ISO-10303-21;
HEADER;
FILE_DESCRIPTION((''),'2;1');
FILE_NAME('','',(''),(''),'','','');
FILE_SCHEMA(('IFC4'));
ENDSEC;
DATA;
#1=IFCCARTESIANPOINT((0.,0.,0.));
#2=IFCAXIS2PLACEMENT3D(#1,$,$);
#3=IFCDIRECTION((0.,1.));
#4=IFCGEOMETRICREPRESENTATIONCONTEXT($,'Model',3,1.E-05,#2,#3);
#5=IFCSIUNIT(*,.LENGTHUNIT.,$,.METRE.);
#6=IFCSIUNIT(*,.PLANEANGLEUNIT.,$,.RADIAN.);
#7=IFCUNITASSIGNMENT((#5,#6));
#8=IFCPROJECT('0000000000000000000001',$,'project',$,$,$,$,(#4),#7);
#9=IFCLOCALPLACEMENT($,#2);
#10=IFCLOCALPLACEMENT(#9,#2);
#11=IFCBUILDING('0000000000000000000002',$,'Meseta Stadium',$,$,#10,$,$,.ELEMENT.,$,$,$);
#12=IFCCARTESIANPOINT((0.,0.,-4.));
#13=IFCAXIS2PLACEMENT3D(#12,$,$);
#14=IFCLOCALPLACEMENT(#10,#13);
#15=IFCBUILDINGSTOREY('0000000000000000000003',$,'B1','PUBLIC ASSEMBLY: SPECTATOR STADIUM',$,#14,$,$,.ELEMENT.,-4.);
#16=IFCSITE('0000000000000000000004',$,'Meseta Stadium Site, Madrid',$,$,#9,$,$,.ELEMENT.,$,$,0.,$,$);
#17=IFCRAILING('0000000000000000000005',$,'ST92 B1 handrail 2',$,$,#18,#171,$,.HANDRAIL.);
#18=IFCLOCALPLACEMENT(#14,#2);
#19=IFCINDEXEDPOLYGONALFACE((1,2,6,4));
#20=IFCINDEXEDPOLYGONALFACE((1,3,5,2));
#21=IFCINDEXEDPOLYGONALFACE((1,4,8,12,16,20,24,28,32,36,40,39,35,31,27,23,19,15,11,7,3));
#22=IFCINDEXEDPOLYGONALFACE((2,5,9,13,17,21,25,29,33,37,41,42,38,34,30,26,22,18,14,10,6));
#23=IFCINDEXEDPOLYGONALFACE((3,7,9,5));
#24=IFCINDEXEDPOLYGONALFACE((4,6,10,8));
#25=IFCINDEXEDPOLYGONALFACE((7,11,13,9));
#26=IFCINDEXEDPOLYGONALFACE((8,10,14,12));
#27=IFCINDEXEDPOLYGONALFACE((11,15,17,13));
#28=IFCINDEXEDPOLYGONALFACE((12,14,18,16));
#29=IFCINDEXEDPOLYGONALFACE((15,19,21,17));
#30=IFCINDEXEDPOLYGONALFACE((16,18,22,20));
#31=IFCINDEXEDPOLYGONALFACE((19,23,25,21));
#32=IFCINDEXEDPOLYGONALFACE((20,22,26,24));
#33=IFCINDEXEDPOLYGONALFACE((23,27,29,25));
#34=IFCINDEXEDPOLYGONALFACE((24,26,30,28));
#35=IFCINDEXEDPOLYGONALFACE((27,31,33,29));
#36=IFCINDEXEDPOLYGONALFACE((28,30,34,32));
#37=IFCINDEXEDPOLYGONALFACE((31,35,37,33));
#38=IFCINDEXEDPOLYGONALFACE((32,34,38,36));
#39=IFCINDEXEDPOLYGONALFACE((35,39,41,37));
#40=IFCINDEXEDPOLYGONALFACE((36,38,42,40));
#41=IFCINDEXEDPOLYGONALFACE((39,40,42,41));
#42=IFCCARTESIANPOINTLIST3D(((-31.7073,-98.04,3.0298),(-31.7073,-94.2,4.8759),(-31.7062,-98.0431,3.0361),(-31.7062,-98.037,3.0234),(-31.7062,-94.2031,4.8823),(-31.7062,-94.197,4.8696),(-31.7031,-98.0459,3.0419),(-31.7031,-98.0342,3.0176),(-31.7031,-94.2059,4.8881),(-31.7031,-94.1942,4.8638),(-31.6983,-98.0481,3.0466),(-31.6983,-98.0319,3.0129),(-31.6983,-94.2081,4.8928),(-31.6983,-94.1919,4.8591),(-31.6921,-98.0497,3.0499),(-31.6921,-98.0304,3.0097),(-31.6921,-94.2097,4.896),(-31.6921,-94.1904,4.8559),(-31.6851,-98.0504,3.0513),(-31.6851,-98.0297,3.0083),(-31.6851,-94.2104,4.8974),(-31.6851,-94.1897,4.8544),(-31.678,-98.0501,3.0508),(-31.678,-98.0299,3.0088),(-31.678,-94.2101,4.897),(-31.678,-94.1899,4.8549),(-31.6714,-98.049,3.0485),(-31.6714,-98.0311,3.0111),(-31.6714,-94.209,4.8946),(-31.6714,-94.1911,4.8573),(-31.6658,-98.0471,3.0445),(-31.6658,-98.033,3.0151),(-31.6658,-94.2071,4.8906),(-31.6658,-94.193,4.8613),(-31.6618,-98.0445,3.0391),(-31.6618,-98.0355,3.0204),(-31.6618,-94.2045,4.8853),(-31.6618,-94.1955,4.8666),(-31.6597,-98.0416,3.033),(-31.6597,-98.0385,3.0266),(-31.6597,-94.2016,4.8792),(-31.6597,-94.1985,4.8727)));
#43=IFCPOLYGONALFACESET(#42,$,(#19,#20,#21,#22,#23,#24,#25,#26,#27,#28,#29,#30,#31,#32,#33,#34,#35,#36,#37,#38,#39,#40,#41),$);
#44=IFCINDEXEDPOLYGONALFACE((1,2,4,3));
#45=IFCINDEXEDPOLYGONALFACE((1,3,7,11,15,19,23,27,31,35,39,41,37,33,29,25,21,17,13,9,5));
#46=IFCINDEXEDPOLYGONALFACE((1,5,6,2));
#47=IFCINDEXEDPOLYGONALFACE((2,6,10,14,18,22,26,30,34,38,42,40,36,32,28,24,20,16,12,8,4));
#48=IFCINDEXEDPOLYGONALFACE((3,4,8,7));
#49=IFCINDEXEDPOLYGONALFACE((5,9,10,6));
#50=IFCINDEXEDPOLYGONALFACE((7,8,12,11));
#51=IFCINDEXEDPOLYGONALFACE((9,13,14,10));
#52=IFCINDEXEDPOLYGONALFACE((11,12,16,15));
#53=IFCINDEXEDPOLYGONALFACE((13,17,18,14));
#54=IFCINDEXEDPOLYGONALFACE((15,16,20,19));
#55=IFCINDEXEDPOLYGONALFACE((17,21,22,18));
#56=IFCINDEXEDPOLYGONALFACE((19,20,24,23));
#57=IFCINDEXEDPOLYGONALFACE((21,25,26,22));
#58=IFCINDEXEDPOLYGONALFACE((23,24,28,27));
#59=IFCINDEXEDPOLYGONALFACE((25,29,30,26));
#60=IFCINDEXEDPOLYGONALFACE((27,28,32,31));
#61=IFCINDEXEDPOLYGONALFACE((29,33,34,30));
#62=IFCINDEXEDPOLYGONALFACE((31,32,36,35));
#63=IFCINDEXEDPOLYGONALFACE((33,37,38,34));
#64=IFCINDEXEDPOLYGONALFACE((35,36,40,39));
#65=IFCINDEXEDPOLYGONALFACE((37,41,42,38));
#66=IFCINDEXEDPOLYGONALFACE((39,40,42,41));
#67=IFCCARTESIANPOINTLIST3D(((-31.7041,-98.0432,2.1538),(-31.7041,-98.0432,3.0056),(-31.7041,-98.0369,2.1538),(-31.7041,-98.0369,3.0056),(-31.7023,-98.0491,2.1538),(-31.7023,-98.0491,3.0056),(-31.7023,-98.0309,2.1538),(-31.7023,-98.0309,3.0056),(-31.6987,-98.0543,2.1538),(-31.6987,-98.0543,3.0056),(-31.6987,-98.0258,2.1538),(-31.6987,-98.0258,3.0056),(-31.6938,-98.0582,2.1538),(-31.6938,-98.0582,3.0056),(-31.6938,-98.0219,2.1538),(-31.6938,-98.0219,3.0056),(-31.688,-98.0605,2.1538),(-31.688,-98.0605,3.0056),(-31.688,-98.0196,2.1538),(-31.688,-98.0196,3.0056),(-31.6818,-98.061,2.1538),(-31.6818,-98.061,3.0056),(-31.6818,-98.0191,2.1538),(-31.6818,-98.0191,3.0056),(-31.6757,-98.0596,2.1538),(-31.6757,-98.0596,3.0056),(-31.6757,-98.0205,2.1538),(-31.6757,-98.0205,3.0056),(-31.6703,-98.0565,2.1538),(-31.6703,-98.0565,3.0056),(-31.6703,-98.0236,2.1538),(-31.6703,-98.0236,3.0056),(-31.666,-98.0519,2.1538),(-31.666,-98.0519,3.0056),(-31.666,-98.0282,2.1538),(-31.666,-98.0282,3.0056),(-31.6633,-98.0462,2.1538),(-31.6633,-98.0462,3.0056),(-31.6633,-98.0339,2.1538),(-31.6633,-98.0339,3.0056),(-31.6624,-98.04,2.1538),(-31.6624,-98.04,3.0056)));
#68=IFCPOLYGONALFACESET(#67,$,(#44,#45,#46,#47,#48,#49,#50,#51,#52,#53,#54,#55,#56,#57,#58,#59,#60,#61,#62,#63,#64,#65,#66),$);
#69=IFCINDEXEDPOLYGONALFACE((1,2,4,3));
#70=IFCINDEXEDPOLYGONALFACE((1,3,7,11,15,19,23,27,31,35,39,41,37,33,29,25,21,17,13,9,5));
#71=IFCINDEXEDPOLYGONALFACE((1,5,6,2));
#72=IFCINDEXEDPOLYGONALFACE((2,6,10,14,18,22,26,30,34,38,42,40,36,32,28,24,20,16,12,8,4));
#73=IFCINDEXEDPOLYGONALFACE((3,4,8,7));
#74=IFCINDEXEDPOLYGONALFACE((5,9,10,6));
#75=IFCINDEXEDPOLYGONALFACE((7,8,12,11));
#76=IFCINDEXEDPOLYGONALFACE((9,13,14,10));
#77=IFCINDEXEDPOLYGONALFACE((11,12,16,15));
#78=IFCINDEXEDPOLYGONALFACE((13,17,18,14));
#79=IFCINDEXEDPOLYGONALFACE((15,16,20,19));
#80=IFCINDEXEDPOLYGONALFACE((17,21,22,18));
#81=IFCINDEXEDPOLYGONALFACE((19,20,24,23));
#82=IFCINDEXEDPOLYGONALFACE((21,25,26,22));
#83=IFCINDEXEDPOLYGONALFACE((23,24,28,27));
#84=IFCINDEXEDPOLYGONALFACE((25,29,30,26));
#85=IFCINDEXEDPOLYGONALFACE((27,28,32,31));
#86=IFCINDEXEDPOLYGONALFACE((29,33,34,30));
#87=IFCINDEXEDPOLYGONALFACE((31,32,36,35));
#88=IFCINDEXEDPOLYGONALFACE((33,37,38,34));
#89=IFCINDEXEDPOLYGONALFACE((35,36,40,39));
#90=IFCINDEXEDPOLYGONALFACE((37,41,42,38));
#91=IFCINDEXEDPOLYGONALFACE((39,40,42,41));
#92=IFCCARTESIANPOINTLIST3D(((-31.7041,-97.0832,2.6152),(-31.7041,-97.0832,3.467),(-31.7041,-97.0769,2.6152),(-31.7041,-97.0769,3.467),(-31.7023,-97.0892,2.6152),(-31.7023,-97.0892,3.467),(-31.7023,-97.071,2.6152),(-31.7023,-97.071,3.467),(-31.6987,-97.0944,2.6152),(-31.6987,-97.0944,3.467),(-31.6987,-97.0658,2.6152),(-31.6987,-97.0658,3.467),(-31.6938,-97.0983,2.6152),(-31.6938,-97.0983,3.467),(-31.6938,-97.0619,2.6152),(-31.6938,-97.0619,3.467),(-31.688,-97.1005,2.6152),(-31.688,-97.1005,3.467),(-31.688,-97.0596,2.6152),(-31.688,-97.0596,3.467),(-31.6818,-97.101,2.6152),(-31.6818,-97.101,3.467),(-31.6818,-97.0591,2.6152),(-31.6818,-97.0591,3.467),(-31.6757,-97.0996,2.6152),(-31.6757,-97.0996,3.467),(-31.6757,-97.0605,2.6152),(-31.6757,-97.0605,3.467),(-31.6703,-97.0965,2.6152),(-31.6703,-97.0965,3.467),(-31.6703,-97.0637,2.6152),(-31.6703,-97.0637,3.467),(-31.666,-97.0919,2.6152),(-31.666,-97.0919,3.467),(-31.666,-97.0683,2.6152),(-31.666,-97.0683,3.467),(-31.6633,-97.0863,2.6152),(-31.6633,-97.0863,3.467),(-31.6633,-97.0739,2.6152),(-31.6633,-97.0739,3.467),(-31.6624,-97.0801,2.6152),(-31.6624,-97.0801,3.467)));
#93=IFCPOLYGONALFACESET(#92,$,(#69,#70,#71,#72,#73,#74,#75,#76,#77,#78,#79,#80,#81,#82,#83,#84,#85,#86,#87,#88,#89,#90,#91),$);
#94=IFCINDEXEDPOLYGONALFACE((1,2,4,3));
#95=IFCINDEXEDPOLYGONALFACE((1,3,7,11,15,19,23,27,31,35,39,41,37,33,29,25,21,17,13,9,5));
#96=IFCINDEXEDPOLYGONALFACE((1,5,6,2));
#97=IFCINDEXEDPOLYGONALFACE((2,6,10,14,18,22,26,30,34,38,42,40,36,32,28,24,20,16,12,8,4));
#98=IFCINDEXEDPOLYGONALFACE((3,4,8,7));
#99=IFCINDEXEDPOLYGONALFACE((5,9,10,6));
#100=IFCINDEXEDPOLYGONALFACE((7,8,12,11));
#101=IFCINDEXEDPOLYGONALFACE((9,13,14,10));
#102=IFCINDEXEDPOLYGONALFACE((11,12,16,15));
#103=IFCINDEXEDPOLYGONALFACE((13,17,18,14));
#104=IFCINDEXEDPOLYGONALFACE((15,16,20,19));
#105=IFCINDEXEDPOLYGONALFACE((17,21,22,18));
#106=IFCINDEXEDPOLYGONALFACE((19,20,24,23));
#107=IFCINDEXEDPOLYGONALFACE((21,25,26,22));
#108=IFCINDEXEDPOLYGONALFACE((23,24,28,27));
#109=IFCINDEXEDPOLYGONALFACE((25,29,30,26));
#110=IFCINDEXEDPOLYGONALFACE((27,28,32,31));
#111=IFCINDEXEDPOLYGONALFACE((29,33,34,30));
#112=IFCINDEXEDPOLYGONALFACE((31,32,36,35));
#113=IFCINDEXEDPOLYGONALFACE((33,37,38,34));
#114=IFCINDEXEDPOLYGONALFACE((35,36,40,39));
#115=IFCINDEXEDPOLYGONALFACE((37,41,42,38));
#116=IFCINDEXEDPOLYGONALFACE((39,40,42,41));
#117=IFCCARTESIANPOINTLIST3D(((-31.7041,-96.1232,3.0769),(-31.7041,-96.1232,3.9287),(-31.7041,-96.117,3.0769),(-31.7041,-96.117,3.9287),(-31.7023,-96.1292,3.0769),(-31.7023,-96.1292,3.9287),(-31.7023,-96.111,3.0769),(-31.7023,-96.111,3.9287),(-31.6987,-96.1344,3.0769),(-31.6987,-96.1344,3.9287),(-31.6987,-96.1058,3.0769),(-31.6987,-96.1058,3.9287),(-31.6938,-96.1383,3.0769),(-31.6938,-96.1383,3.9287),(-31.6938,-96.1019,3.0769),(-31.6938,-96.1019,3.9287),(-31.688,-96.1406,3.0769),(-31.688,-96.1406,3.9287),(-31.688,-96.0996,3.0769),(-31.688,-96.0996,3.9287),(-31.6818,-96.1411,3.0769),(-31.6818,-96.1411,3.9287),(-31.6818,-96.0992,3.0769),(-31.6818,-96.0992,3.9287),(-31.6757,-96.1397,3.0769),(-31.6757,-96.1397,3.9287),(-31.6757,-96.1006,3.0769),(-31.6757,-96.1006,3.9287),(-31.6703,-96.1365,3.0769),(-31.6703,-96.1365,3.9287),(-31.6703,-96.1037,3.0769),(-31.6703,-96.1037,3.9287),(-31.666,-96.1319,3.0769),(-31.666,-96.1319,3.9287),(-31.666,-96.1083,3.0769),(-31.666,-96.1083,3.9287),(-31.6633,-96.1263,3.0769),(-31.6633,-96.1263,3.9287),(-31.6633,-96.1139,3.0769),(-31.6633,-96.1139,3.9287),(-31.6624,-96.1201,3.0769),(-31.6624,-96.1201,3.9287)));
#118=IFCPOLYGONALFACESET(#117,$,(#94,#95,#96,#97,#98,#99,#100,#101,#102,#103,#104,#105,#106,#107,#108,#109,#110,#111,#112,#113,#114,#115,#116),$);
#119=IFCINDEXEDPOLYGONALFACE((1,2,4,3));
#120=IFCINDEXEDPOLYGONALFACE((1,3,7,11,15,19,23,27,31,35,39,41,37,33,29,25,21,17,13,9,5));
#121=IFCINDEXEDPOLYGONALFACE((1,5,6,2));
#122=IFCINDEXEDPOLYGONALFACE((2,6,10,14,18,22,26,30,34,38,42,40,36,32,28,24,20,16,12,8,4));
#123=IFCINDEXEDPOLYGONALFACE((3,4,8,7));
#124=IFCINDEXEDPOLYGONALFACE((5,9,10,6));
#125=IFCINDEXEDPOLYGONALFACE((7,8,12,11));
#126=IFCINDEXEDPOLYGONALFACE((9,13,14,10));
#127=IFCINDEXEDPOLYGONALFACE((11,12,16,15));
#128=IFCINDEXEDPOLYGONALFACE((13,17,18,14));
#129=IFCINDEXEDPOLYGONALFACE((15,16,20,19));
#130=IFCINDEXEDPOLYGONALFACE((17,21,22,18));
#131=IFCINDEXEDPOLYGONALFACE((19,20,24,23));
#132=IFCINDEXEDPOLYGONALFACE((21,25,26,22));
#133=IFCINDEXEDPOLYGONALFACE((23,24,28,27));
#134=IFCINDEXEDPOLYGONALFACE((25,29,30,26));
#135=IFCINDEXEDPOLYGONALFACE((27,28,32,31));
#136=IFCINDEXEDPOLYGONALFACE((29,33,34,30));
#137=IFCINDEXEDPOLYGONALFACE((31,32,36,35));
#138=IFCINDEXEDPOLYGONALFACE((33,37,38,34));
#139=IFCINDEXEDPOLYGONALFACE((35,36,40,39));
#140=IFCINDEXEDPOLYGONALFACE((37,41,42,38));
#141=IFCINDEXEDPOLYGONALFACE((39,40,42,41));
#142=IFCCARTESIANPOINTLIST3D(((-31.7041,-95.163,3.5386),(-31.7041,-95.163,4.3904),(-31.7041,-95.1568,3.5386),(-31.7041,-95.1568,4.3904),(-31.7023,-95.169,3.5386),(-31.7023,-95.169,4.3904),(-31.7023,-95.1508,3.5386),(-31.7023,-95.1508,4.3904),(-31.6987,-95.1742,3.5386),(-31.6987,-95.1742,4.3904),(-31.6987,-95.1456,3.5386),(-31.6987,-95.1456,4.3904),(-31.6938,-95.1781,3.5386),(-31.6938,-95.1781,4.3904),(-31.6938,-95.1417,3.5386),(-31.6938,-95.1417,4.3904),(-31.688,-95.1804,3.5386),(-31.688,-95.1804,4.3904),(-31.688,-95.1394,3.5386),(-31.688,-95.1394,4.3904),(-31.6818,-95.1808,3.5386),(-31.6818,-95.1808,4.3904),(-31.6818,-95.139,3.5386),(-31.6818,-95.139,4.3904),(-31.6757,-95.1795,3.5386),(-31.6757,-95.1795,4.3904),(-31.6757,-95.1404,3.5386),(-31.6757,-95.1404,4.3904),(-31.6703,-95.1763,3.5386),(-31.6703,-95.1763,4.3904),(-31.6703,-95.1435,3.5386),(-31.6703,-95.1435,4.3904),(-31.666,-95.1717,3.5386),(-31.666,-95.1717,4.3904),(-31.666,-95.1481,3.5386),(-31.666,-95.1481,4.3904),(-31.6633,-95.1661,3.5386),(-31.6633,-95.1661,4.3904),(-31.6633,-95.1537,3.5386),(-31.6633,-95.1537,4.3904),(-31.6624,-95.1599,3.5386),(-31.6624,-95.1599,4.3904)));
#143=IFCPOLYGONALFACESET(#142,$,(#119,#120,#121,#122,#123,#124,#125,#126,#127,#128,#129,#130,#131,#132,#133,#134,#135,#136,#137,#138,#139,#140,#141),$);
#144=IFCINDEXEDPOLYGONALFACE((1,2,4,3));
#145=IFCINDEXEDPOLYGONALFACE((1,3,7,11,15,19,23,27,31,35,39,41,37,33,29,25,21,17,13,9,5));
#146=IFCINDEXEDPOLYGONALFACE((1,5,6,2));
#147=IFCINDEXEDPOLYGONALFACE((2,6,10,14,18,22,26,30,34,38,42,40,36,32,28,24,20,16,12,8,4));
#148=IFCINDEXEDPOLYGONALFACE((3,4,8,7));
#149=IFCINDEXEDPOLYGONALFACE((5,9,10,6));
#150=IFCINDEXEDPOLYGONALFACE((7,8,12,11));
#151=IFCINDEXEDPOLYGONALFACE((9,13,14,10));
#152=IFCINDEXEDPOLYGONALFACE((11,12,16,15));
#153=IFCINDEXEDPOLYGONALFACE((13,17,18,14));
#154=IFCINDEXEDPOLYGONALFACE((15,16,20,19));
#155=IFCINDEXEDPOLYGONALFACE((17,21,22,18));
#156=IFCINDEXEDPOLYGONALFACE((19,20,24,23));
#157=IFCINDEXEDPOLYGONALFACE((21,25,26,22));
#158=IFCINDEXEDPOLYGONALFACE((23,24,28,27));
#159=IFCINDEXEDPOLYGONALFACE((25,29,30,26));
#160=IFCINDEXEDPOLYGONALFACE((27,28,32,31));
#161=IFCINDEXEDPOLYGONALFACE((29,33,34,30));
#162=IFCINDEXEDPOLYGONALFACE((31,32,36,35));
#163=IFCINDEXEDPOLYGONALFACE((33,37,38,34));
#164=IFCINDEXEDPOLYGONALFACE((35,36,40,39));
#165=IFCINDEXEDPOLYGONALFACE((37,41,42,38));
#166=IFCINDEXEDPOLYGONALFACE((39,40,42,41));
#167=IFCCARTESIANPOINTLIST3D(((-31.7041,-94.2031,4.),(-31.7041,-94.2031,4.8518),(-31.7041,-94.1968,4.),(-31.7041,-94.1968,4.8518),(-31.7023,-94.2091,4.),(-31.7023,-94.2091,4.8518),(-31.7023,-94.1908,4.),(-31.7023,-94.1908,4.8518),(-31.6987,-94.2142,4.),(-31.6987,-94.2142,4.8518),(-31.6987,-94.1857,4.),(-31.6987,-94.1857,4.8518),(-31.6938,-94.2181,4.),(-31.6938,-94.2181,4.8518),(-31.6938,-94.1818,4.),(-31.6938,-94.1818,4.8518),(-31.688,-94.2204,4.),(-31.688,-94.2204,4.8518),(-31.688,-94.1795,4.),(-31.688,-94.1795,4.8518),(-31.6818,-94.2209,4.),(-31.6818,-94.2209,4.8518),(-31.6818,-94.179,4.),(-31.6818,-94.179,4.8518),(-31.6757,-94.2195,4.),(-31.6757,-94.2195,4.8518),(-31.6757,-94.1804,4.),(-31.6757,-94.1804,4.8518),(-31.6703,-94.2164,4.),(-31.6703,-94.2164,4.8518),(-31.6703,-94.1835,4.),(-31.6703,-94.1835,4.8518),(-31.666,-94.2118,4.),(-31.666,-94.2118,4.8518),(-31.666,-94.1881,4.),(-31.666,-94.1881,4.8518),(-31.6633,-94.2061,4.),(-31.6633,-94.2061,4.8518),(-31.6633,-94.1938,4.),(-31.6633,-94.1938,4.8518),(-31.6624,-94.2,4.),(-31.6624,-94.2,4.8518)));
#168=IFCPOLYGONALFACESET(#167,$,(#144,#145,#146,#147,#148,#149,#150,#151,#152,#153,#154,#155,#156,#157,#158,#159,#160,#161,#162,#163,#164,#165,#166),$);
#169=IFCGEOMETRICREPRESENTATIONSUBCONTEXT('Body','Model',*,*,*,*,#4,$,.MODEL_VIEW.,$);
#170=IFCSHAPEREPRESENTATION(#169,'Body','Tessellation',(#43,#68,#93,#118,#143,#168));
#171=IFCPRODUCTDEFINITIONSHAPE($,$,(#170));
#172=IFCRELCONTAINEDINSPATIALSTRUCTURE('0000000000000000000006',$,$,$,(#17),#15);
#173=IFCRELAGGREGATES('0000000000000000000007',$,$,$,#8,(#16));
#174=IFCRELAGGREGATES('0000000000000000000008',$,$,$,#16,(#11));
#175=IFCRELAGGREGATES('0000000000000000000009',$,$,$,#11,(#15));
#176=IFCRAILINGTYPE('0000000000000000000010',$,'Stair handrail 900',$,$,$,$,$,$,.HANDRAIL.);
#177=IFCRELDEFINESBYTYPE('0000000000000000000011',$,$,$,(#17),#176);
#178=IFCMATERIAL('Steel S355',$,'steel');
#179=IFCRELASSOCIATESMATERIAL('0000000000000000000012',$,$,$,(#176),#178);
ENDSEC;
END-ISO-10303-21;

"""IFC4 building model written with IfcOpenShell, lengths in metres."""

from ifc_helpers import new_model, si_unit, direction, frame, origin, origin_2d, place, context, subcontext, project, spatial, circle, extrude, material, type_object, element, save


model = new_model("IFC4")

# Units and contexts
model_context = context("Model", 3, precision=1e-05, world=origin(), true_north=direction((0.0, 1.0)))
body_context = subcontext(model_context, "Body", "Model", "MODEL_VIEW")
ifc_project = project(units=[si_unit("LENGTHUNIT", "METRE"), si_unit("PLANEANGLEUNIT", "RADIAN")], contexts=[model_context])

# Site, building, storey
site_placement = place(None, origin())
site = spatial("IfcSite", under=ifc_project, at=site_placement, Name="Meseta Stadium Site, Madrid", CompositionType="ELEMENT", RefElevation=0.0)
building_placement = place(site_placement, origin())
building = spatial("IfcBuilding", under=site, at=building_placement, Name="Meseta Stadium", CompositionType="ELEMENT")
storey_placement = place(building_placement, frame((0.0, 0.0, -4.0)))
storey = spatial("IfcBuildingStorey", under=building, at=storey_placement, Name="B1", Description="PUBLIC ASSEMBLY: SPECTATOR STADIUM", CompositionType="ELEMENT", Elevation=-4.0)

# Railing
ifc_material_1 = material(Name="Steel S355", Category="steel")
railing_type_1 = type_object("IfcRailingType", Name="Stair handrail 900", PredefinedType="HANDRAIL", material=ifc_material_1)
railing_1_placement = place(storey_placement, frame((-31.6833, -98.04, 2.1538)))
element("IfcRailing", 1, at=railing_1_placement, inside=storey, type_object=railing_type_1, Name="ST92 B1 handrail 2", PredefinedType="HANDRAIL", context=body_context, shape_type="SweptSolid", body=[
    extrude(circle(Radius=0.0239, at=origin_2d()), frame((0.0, 0.0, 0.876), z_axis=(0.0, 0.901253, 0.433294), x_axis=(-1.0, 0.0, 0.0)), (0.0, 0.0, 1.0), 4.2607),
    extrude(circle(Radius=0.021, at=origin_2d()), origin(), (0.0, 0.0, 1.0), 0.8518),
    extrude(circle(Radius=0.021, at=origin_2d()), frame((0.0, 0.96, 0.4614)), (0.0, 0.0, 1.0), 0.8518),
    extrude(circle(Radius=0.021, at=origin_2d()), frame((0.0, 1.9199, 0.9231)), (0.0, 0.0, 1.0), 0.8518),
    extrude(circle(Radius=0.021, at=origin_2d()), frame((0.0, 2.8801, 1.3848)), (0.0, 0.0, 1.0), 0.8518),
    extrude(circle(Radius=0.021, at=origin_2d()), frame((0.0, 3.8401, 1.8462)), (0.0, 0.0, 1.0), 0.8518),
])

save(model, "model.ifc")
